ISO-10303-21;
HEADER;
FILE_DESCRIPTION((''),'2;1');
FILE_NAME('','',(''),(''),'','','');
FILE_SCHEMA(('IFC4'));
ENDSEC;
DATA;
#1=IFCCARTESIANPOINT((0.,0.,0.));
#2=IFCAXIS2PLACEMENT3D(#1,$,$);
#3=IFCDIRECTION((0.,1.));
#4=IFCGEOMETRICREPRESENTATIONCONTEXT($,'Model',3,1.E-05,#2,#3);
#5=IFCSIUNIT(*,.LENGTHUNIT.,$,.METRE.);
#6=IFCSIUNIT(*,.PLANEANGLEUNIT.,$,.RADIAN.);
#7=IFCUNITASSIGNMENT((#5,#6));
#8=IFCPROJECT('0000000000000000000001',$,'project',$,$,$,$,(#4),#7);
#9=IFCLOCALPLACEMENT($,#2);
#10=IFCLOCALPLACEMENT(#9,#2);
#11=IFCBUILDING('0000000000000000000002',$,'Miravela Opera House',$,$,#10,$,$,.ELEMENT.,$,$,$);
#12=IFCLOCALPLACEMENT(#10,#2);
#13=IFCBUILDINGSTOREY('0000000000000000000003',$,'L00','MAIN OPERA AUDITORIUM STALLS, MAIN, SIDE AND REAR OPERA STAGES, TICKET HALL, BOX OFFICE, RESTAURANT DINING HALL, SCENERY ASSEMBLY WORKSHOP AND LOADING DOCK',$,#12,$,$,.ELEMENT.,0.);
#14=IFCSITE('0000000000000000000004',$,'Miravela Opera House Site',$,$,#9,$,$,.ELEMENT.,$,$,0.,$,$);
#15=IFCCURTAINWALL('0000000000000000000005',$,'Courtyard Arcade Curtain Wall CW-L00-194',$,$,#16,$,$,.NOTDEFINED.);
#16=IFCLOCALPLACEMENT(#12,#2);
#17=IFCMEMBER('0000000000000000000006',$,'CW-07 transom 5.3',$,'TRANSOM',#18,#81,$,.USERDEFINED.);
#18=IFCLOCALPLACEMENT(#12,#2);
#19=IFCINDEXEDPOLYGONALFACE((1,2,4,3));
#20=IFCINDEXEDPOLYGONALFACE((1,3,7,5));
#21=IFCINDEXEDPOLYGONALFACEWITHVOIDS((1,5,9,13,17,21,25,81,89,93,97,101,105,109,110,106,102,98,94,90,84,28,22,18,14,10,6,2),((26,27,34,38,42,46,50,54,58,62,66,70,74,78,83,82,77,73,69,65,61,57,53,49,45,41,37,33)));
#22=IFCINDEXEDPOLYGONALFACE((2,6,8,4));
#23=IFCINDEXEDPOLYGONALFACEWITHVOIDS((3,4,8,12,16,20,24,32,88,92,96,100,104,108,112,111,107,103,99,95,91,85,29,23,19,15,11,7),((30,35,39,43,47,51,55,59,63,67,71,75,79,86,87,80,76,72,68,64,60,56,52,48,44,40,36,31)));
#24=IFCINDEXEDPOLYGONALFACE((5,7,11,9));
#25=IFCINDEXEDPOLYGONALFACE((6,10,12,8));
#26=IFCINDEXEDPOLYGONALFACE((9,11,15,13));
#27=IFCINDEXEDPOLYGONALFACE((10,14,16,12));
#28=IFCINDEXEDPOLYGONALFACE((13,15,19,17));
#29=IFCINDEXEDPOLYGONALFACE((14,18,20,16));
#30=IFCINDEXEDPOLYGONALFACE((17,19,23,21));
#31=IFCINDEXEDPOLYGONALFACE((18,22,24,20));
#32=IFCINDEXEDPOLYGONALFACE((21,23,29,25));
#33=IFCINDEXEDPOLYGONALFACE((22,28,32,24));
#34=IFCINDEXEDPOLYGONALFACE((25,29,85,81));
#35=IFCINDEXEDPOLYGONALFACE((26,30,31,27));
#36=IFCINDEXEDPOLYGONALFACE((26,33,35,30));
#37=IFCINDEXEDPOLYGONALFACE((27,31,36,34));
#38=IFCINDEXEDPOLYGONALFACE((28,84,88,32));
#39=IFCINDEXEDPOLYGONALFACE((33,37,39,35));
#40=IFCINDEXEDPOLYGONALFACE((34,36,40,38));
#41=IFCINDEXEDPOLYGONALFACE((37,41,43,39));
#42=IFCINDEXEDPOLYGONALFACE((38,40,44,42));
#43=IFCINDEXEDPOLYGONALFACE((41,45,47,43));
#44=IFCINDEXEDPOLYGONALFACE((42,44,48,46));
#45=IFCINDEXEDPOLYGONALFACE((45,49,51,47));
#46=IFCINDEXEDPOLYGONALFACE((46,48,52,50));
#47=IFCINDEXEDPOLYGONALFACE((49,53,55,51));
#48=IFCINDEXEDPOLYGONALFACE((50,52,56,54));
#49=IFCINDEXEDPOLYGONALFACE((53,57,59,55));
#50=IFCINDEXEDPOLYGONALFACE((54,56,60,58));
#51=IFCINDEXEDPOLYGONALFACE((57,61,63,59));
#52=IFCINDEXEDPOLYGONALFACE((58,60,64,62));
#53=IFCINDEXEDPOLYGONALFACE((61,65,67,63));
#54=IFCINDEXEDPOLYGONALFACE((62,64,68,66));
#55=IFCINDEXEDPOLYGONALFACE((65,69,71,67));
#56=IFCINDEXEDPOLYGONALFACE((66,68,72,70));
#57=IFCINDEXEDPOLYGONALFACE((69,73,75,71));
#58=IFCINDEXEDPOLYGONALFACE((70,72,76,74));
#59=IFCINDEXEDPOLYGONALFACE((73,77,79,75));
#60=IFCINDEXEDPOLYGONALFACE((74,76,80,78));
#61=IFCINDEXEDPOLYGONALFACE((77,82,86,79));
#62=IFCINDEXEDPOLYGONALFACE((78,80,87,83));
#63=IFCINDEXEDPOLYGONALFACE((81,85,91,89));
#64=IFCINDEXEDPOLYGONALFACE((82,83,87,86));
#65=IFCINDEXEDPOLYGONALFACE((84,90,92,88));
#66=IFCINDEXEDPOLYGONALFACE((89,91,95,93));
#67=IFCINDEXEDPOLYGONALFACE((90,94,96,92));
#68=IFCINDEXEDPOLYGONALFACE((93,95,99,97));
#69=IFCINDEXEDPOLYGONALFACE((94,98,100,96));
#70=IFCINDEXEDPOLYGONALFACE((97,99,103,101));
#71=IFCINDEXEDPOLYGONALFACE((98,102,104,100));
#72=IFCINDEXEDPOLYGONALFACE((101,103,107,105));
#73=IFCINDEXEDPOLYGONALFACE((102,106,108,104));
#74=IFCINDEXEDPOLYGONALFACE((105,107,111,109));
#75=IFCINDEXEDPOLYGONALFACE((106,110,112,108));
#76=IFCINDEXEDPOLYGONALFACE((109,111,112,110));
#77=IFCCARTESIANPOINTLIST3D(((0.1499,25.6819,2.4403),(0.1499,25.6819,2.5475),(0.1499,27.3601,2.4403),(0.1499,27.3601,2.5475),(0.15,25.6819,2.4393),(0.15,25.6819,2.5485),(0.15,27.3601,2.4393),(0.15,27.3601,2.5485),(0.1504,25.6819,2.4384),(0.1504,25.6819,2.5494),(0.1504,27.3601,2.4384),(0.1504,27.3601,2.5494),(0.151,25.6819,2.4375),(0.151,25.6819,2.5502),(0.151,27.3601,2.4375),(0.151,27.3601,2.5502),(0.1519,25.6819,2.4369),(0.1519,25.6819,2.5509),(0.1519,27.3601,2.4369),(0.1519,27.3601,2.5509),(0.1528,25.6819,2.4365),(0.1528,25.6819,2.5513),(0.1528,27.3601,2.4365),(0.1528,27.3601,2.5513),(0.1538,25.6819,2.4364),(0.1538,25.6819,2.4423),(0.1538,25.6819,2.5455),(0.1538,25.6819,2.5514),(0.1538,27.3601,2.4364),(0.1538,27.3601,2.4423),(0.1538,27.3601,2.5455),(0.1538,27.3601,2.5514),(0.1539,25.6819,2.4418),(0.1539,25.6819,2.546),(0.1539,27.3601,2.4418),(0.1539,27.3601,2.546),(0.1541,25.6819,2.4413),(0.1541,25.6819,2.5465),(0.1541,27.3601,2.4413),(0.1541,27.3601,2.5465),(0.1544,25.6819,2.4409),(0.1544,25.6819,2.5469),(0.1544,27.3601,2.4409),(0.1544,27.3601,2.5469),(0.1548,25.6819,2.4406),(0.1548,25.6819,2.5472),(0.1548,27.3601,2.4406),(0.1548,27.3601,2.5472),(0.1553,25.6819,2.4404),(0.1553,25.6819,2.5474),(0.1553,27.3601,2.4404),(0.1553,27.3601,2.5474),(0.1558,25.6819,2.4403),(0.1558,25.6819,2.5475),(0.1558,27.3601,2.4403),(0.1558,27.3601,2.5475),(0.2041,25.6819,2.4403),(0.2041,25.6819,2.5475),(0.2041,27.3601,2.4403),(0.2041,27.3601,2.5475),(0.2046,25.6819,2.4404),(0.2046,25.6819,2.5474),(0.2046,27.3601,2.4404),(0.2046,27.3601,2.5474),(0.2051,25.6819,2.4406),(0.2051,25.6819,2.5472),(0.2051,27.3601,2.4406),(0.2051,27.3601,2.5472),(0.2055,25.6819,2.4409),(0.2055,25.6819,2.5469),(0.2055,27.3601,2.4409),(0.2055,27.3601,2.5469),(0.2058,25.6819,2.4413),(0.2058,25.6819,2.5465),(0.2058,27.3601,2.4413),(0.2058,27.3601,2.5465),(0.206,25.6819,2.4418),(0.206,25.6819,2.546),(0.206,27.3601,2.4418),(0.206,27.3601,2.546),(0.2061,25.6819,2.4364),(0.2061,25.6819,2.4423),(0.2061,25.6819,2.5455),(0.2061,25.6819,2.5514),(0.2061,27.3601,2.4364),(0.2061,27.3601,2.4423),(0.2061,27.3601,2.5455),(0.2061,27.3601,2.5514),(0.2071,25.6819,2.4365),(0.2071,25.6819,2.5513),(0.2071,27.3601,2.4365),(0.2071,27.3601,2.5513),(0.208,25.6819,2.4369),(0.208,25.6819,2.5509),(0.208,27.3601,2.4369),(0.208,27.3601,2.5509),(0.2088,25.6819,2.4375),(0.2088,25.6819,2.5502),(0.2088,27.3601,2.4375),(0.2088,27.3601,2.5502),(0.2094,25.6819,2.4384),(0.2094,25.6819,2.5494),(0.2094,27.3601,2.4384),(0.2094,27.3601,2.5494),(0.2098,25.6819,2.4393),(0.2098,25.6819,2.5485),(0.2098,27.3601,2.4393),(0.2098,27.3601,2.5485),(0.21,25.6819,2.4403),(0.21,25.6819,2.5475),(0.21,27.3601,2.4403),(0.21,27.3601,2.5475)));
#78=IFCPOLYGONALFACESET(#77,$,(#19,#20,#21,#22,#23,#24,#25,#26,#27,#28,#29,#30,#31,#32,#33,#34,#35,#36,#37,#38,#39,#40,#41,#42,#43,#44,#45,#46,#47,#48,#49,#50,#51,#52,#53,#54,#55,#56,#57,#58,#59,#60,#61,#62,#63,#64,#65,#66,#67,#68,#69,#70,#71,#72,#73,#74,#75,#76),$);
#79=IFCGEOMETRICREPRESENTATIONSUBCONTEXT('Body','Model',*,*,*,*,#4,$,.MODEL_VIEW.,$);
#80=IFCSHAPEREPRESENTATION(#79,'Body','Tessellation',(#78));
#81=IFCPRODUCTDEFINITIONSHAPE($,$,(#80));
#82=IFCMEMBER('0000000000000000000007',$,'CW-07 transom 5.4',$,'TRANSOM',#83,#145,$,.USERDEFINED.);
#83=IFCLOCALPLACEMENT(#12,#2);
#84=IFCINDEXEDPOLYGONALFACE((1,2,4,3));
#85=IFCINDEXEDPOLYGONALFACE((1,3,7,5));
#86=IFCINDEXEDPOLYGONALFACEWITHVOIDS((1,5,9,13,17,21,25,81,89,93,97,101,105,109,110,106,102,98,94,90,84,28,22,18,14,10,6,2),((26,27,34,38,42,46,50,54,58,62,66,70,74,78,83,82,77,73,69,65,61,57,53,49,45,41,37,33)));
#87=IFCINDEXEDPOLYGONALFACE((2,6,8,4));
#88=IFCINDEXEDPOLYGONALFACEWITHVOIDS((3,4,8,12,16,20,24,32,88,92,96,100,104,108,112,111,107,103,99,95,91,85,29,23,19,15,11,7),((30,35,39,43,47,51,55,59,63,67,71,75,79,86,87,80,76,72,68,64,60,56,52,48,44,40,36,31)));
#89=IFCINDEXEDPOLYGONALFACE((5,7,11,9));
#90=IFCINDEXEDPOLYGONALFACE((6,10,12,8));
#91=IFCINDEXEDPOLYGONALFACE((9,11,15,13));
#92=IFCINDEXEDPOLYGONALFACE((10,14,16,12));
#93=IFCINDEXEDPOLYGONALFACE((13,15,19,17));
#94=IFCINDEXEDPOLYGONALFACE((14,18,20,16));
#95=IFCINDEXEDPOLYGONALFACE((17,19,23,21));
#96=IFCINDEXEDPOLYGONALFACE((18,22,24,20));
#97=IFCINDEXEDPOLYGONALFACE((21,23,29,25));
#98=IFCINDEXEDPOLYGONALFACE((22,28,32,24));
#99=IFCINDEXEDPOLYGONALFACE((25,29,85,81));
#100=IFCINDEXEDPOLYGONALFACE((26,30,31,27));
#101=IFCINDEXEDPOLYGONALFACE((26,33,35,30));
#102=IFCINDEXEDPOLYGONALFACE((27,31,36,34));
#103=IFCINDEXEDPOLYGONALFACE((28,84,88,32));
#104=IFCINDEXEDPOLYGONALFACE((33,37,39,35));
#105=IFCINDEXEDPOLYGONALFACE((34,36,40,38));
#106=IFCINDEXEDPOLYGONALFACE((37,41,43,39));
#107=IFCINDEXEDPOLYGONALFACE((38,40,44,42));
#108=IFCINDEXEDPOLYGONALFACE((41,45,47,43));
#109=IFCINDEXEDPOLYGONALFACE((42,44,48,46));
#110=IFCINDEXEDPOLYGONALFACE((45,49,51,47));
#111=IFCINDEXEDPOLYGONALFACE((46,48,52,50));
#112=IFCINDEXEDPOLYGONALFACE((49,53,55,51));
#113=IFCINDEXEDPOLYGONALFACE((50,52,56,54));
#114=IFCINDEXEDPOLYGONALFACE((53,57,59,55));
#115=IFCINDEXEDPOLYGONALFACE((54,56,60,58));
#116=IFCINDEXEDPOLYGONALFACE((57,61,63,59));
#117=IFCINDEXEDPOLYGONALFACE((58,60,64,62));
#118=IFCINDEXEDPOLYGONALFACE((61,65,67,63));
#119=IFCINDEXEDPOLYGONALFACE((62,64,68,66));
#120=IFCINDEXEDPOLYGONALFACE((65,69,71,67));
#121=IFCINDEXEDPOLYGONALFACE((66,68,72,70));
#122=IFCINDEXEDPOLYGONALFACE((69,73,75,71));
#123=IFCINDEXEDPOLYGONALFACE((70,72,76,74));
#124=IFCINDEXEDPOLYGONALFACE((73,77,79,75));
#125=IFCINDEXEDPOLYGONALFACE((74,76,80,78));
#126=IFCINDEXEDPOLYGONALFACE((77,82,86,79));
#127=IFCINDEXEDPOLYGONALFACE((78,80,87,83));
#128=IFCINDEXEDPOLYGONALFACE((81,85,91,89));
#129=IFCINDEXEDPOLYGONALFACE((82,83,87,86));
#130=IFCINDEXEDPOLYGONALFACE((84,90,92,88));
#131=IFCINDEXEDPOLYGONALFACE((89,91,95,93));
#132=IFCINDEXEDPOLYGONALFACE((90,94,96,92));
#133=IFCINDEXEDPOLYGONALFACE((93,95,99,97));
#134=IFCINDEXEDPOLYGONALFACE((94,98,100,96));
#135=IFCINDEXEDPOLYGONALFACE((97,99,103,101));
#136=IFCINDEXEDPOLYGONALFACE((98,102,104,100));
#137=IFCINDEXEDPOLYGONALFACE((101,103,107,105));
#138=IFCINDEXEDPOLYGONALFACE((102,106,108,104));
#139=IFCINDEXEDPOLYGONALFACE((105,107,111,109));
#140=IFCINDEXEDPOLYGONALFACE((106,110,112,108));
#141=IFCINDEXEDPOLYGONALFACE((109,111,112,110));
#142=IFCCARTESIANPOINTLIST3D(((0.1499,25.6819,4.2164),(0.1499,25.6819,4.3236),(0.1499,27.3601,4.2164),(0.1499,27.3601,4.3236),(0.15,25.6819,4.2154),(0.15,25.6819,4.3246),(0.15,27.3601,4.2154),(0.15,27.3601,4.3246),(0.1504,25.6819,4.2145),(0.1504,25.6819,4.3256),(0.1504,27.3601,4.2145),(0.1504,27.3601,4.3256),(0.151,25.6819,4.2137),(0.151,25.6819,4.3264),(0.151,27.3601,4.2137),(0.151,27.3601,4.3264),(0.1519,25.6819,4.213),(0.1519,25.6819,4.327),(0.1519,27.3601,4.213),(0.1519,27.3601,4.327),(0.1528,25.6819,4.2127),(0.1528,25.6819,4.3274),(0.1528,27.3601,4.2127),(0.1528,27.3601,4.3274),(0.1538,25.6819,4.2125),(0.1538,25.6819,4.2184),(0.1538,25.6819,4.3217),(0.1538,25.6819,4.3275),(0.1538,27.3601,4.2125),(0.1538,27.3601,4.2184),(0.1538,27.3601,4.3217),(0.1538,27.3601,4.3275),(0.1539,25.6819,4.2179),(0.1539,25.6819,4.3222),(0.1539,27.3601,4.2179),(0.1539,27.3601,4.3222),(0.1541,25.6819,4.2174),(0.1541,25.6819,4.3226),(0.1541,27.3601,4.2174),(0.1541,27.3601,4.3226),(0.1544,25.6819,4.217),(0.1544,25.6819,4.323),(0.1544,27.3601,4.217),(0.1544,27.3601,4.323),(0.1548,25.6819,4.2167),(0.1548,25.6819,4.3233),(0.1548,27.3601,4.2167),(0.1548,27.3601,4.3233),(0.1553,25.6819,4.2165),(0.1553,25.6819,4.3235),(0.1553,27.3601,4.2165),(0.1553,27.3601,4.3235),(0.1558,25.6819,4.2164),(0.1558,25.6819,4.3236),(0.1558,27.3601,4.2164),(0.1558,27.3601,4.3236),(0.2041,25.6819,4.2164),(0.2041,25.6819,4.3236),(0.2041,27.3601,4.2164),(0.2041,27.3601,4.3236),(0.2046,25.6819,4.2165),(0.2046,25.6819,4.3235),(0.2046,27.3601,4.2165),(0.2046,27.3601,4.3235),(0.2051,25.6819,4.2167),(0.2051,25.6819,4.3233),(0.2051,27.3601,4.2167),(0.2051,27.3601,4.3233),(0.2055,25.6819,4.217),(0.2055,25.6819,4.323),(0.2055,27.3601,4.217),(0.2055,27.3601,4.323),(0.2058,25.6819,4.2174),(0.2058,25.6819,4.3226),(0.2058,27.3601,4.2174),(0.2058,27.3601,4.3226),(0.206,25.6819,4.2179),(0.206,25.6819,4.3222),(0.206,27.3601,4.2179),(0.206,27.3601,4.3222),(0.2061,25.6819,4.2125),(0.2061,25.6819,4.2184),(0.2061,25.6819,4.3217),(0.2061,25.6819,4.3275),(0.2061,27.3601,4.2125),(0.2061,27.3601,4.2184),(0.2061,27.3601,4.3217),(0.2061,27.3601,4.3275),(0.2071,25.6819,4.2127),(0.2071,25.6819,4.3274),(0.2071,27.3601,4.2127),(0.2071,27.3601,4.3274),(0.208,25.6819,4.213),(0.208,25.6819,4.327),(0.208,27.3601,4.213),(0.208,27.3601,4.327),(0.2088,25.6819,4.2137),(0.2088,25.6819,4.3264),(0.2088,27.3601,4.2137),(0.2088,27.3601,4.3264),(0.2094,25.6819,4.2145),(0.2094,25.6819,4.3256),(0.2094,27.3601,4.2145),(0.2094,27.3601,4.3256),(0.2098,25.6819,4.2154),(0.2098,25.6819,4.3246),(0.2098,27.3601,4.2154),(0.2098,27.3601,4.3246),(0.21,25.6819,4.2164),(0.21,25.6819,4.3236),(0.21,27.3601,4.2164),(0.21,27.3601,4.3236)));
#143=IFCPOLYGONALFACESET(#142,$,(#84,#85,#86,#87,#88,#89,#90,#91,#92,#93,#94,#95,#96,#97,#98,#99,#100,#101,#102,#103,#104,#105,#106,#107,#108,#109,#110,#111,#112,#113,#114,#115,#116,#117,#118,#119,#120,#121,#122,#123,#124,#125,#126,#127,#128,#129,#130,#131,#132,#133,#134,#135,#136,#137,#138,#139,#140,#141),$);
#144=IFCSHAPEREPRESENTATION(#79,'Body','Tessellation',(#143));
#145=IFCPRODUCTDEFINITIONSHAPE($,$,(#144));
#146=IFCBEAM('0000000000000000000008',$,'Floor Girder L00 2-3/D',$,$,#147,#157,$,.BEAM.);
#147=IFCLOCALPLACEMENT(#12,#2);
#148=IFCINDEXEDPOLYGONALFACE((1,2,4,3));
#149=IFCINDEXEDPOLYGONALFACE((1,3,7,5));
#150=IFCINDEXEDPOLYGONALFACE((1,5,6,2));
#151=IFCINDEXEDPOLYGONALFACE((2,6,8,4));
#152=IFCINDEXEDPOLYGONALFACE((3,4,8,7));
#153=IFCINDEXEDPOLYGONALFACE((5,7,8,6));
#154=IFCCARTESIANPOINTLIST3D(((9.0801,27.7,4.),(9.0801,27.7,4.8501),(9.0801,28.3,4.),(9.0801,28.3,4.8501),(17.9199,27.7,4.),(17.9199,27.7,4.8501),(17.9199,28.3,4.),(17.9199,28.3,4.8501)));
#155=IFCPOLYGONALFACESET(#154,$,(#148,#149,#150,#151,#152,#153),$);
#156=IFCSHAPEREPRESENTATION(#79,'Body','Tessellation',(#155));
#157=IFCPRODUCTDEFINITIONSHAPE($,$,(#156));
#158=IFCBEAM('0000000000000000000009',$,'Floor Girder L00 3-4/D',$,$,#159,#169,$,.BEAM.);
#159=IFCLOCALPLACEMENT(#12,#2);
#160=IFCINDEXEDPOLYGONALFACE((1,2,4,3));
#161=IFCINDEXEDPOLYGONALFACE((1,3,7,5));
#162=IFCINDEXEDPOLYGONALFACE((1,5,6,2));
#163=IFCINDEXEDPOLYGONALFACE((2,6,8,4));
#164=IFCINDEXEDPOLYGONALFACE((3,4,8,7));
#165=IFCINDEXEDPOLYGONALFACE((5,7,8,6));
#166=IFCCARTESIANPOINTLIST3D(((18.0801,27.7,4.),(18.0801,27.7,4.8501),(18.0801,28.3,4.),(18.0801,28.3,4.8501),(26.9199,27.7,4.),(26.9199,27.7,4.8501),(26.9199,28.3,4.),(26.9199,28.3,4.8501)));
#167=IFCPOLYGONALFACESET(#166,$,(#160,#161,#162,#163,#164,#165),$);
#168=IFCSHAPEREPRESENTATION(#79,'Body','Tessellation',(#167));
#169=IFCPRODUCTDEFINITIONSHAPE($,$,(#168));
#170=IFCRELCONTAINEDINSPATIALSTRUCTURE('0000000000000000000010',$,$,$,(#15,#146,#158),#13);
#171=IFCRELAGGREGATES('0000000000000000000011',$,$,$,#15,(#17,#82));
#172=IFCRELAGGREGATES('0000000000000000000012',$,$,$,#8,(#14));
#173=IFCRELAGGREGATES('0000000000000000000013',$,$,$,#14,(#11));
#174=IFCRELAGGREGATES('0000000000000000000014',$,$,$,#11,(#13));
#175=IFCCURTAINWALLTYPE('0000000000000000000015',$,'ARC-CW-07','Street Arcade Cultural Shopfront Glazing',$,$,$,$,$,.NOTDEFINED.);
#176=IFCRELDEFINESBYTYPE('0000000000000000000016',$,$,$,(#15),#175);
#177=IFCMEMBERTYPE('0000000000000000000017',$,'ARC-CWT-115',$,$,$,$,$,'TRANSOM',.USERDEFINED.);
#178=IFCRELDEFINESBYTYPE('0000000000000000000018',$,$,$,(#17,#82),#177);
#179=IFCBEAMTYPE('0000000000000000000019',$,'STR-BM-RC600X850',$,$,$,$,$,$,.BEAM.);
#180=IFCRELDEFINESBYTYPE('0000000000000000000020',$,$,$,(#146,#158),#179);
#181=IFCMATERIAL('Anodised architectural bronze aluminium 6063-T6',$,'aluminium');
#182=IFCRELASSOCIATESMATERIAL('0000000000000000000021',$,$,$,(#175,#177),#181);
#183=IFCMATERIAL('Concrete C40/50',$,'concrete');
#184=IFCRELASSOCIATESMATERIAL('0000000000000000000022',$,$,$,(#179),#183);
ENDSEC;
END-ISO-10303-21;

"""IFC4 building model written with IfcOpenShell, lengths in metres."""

from ifc_helpers import new_model, si_unit, direction, frame, origin, origin_2d, place, context, subcontext, project, spatial, rectangle, hollow_rectangle, extrude, material, material_profile, profile_set, type_object, element, aggregate, save


model = new_model("IFC4")

# Units and contexts
model_context = context("Model", 3, precision=1e-05, world=origin(), true_north=direction((0.0, 1.0)))
body_context = subcontext(model_context, "Body", "Model", "MODEL_VIEW")
ifc_project = project(units=[si_unit("LENGTHUNIT", "METRE"), si_unit("PLANEANGLEUNIT", "RADIAN")], contexts=[model_context])

# Site, building, storey
site_placement = place(None, origin())
site = spatial("IfcSite", under=ifc_project, at=site_placement, Name="Miravela Opera House Site", CompositionType="ELEMENT", RefElevation=0.0)
building_placement = place(site_placement, origin())
building = spatial("IfcBuilding", under=site, at=building_placement, Name="Miravela Opera House", CompositionType="ELEMENT")
storey_placement = place(building_placement, origin())
storey = spatial("IfcBuildingStorey", under=building, at=storey_placement, Name="L00", Description="MAIN OPERA AUDITORIUM STALLS, MAIN, SIDE AND REAR OPERA STAGES, TICKET HALL, BOX OFFICE, RESTAURANT DINING HALL, SCENERY ASSEMBLY WORKSHOP AND LOADING DOCK", CompositionType="ELEMENT", Elevation=0.0)

# Shared definitions
ifc_material_1 = material(Name="Concrete C40/50", Category="concrete")

# Curtain wall, members
ifc_material_2 = material(Name="Anodised architectural bronze aluminium 6063-T6", Category="aluminium")
curtain_wall_type = type_object("IfcCurtainWallType", Name="ARC-CW-07", Description="Street Arcade Cultural Shopfront Glazing", PredefinedType="NOTDEFINED", material=ifc_material_2)
curtain_wall_placement = place(storey_placement, origin())
curtain_wall = element("IfcCurtainWall", 1, at=curtain_wall_placement, inside=storey, type_object=curtain_wall_type, Name="Courtyard Arcade Curtain Wall CW-L00-194", PredefinedType="NOTDEFINED")
ifc_material_profile_1 = material_profile(ifc_material_2, hollow_rectangle(XDim=0.0601, YDim=0.115, WallThickness=0.0039, InnerFilletRadius=0.002, OuterFilletRadius=0.0039, at=origin_2d()), Name="CWT-60X115")
ifc_profile_set_1 = profile_set([ifc_material_profile_1])
member_type_1 = type_object("IfcMemberType", Name="ARC-CWT-115", ElementType="TRANSOM", PredefinedType="USERDEFINED", material=ifc_profile_set_1)
member_1_placement = place(storey_placement, frame((0.1799, 25.6819, 2.4939), z_axis=(0.0, 1.0, 0.0), x_axis=(-1.0, 0.0, 0.0)))
member_1 = element("IfcMember", 2, at=member_1_placement, type_object=member_type_1, Name="CW-07 transom 5.3", ObjectType="TRANSOM", PredefinedType="USERDEFINED", context=body_context, shape_type="SweptSolid", body=[
    extrude(hollow_rectangle(XDim=0.0601, YDim=0.115, WallThickness=0.0039, InnerFilletRadius=0.002, OuterFilletRadius=0.0039, at=origin_2d()), origin(), (0.0, 0.0, 1.0), 1.6782),
])
member_2_placement = place(storey_placement, frame((0.1799, 25.6819, 4.27), z_axis=(0.0, 1.0, 0.0), x_axis=(-1.0, 0.0, 0.0)))
member_2 = element("IfcMember", 3, at=member_2_placement, type_object=member_type_1, Name="CW-07 transom 5.4", ObjectType="TRANSOM", PredefinedType="USERDEFINED", context=body_context, shape_type="SweptSolid", body=[
    extrude(hollow_rectangle(XDim=0.0601, YDim=0.115, WallThickness=0.0039, InnerFilletRadius=0.002, OuterFilletRadius=0.0039, at=origin_2d()), origin(), (0.0, 0.0, 1.0), 1.6782),
])

# Beams
ifc_material_profile_2 = material_profile(ifc_material_1, rectangle(XDim=0.6001, YDim=0.8501, at=origin_2d()), Name="RC-BM-600X850")
ifc_profile_set_2 = profile_set([ifc_material_profile_2])
beam_type_1 = type_object("IfcBeamType", Name="STR-BM-RC600X850", PredefinedType="BEAM", material=ifc_profile_set_2)
for number, where, z_axis, x_axis, name in (
    (4, (9.0801, 28.0, 4.425), (1.0, 0.0, 0.0), (0.0, 1.0, 0.0), "Floor Girder L00 2-3/D"),
    (5, (18.0801, 28.0, 4.425), (1.0, 0.0, 0.0), (0.0, 1.0, 0.0), "Floor Girder L00 3-4/D"),
):
    element("IfcBeam", number, at=place(storey_placement, frame(where, z_axis=z_axis, x_axis=x_axis)), inside=storey, type_object=beam_type_1, Name=name, PredefinedType="BEAM", context=body_context, shape_type="SweptSolid", body=[
        extrude(rectangle(XDim=0.6001, YDim=0.8501, at=origin_2d()), origin(), (0.0, 0.0, 1.0), 8.8398),
    ])

aggregate(curtain_wall, [member_1, member_2])

save(model, "model.ifc")
